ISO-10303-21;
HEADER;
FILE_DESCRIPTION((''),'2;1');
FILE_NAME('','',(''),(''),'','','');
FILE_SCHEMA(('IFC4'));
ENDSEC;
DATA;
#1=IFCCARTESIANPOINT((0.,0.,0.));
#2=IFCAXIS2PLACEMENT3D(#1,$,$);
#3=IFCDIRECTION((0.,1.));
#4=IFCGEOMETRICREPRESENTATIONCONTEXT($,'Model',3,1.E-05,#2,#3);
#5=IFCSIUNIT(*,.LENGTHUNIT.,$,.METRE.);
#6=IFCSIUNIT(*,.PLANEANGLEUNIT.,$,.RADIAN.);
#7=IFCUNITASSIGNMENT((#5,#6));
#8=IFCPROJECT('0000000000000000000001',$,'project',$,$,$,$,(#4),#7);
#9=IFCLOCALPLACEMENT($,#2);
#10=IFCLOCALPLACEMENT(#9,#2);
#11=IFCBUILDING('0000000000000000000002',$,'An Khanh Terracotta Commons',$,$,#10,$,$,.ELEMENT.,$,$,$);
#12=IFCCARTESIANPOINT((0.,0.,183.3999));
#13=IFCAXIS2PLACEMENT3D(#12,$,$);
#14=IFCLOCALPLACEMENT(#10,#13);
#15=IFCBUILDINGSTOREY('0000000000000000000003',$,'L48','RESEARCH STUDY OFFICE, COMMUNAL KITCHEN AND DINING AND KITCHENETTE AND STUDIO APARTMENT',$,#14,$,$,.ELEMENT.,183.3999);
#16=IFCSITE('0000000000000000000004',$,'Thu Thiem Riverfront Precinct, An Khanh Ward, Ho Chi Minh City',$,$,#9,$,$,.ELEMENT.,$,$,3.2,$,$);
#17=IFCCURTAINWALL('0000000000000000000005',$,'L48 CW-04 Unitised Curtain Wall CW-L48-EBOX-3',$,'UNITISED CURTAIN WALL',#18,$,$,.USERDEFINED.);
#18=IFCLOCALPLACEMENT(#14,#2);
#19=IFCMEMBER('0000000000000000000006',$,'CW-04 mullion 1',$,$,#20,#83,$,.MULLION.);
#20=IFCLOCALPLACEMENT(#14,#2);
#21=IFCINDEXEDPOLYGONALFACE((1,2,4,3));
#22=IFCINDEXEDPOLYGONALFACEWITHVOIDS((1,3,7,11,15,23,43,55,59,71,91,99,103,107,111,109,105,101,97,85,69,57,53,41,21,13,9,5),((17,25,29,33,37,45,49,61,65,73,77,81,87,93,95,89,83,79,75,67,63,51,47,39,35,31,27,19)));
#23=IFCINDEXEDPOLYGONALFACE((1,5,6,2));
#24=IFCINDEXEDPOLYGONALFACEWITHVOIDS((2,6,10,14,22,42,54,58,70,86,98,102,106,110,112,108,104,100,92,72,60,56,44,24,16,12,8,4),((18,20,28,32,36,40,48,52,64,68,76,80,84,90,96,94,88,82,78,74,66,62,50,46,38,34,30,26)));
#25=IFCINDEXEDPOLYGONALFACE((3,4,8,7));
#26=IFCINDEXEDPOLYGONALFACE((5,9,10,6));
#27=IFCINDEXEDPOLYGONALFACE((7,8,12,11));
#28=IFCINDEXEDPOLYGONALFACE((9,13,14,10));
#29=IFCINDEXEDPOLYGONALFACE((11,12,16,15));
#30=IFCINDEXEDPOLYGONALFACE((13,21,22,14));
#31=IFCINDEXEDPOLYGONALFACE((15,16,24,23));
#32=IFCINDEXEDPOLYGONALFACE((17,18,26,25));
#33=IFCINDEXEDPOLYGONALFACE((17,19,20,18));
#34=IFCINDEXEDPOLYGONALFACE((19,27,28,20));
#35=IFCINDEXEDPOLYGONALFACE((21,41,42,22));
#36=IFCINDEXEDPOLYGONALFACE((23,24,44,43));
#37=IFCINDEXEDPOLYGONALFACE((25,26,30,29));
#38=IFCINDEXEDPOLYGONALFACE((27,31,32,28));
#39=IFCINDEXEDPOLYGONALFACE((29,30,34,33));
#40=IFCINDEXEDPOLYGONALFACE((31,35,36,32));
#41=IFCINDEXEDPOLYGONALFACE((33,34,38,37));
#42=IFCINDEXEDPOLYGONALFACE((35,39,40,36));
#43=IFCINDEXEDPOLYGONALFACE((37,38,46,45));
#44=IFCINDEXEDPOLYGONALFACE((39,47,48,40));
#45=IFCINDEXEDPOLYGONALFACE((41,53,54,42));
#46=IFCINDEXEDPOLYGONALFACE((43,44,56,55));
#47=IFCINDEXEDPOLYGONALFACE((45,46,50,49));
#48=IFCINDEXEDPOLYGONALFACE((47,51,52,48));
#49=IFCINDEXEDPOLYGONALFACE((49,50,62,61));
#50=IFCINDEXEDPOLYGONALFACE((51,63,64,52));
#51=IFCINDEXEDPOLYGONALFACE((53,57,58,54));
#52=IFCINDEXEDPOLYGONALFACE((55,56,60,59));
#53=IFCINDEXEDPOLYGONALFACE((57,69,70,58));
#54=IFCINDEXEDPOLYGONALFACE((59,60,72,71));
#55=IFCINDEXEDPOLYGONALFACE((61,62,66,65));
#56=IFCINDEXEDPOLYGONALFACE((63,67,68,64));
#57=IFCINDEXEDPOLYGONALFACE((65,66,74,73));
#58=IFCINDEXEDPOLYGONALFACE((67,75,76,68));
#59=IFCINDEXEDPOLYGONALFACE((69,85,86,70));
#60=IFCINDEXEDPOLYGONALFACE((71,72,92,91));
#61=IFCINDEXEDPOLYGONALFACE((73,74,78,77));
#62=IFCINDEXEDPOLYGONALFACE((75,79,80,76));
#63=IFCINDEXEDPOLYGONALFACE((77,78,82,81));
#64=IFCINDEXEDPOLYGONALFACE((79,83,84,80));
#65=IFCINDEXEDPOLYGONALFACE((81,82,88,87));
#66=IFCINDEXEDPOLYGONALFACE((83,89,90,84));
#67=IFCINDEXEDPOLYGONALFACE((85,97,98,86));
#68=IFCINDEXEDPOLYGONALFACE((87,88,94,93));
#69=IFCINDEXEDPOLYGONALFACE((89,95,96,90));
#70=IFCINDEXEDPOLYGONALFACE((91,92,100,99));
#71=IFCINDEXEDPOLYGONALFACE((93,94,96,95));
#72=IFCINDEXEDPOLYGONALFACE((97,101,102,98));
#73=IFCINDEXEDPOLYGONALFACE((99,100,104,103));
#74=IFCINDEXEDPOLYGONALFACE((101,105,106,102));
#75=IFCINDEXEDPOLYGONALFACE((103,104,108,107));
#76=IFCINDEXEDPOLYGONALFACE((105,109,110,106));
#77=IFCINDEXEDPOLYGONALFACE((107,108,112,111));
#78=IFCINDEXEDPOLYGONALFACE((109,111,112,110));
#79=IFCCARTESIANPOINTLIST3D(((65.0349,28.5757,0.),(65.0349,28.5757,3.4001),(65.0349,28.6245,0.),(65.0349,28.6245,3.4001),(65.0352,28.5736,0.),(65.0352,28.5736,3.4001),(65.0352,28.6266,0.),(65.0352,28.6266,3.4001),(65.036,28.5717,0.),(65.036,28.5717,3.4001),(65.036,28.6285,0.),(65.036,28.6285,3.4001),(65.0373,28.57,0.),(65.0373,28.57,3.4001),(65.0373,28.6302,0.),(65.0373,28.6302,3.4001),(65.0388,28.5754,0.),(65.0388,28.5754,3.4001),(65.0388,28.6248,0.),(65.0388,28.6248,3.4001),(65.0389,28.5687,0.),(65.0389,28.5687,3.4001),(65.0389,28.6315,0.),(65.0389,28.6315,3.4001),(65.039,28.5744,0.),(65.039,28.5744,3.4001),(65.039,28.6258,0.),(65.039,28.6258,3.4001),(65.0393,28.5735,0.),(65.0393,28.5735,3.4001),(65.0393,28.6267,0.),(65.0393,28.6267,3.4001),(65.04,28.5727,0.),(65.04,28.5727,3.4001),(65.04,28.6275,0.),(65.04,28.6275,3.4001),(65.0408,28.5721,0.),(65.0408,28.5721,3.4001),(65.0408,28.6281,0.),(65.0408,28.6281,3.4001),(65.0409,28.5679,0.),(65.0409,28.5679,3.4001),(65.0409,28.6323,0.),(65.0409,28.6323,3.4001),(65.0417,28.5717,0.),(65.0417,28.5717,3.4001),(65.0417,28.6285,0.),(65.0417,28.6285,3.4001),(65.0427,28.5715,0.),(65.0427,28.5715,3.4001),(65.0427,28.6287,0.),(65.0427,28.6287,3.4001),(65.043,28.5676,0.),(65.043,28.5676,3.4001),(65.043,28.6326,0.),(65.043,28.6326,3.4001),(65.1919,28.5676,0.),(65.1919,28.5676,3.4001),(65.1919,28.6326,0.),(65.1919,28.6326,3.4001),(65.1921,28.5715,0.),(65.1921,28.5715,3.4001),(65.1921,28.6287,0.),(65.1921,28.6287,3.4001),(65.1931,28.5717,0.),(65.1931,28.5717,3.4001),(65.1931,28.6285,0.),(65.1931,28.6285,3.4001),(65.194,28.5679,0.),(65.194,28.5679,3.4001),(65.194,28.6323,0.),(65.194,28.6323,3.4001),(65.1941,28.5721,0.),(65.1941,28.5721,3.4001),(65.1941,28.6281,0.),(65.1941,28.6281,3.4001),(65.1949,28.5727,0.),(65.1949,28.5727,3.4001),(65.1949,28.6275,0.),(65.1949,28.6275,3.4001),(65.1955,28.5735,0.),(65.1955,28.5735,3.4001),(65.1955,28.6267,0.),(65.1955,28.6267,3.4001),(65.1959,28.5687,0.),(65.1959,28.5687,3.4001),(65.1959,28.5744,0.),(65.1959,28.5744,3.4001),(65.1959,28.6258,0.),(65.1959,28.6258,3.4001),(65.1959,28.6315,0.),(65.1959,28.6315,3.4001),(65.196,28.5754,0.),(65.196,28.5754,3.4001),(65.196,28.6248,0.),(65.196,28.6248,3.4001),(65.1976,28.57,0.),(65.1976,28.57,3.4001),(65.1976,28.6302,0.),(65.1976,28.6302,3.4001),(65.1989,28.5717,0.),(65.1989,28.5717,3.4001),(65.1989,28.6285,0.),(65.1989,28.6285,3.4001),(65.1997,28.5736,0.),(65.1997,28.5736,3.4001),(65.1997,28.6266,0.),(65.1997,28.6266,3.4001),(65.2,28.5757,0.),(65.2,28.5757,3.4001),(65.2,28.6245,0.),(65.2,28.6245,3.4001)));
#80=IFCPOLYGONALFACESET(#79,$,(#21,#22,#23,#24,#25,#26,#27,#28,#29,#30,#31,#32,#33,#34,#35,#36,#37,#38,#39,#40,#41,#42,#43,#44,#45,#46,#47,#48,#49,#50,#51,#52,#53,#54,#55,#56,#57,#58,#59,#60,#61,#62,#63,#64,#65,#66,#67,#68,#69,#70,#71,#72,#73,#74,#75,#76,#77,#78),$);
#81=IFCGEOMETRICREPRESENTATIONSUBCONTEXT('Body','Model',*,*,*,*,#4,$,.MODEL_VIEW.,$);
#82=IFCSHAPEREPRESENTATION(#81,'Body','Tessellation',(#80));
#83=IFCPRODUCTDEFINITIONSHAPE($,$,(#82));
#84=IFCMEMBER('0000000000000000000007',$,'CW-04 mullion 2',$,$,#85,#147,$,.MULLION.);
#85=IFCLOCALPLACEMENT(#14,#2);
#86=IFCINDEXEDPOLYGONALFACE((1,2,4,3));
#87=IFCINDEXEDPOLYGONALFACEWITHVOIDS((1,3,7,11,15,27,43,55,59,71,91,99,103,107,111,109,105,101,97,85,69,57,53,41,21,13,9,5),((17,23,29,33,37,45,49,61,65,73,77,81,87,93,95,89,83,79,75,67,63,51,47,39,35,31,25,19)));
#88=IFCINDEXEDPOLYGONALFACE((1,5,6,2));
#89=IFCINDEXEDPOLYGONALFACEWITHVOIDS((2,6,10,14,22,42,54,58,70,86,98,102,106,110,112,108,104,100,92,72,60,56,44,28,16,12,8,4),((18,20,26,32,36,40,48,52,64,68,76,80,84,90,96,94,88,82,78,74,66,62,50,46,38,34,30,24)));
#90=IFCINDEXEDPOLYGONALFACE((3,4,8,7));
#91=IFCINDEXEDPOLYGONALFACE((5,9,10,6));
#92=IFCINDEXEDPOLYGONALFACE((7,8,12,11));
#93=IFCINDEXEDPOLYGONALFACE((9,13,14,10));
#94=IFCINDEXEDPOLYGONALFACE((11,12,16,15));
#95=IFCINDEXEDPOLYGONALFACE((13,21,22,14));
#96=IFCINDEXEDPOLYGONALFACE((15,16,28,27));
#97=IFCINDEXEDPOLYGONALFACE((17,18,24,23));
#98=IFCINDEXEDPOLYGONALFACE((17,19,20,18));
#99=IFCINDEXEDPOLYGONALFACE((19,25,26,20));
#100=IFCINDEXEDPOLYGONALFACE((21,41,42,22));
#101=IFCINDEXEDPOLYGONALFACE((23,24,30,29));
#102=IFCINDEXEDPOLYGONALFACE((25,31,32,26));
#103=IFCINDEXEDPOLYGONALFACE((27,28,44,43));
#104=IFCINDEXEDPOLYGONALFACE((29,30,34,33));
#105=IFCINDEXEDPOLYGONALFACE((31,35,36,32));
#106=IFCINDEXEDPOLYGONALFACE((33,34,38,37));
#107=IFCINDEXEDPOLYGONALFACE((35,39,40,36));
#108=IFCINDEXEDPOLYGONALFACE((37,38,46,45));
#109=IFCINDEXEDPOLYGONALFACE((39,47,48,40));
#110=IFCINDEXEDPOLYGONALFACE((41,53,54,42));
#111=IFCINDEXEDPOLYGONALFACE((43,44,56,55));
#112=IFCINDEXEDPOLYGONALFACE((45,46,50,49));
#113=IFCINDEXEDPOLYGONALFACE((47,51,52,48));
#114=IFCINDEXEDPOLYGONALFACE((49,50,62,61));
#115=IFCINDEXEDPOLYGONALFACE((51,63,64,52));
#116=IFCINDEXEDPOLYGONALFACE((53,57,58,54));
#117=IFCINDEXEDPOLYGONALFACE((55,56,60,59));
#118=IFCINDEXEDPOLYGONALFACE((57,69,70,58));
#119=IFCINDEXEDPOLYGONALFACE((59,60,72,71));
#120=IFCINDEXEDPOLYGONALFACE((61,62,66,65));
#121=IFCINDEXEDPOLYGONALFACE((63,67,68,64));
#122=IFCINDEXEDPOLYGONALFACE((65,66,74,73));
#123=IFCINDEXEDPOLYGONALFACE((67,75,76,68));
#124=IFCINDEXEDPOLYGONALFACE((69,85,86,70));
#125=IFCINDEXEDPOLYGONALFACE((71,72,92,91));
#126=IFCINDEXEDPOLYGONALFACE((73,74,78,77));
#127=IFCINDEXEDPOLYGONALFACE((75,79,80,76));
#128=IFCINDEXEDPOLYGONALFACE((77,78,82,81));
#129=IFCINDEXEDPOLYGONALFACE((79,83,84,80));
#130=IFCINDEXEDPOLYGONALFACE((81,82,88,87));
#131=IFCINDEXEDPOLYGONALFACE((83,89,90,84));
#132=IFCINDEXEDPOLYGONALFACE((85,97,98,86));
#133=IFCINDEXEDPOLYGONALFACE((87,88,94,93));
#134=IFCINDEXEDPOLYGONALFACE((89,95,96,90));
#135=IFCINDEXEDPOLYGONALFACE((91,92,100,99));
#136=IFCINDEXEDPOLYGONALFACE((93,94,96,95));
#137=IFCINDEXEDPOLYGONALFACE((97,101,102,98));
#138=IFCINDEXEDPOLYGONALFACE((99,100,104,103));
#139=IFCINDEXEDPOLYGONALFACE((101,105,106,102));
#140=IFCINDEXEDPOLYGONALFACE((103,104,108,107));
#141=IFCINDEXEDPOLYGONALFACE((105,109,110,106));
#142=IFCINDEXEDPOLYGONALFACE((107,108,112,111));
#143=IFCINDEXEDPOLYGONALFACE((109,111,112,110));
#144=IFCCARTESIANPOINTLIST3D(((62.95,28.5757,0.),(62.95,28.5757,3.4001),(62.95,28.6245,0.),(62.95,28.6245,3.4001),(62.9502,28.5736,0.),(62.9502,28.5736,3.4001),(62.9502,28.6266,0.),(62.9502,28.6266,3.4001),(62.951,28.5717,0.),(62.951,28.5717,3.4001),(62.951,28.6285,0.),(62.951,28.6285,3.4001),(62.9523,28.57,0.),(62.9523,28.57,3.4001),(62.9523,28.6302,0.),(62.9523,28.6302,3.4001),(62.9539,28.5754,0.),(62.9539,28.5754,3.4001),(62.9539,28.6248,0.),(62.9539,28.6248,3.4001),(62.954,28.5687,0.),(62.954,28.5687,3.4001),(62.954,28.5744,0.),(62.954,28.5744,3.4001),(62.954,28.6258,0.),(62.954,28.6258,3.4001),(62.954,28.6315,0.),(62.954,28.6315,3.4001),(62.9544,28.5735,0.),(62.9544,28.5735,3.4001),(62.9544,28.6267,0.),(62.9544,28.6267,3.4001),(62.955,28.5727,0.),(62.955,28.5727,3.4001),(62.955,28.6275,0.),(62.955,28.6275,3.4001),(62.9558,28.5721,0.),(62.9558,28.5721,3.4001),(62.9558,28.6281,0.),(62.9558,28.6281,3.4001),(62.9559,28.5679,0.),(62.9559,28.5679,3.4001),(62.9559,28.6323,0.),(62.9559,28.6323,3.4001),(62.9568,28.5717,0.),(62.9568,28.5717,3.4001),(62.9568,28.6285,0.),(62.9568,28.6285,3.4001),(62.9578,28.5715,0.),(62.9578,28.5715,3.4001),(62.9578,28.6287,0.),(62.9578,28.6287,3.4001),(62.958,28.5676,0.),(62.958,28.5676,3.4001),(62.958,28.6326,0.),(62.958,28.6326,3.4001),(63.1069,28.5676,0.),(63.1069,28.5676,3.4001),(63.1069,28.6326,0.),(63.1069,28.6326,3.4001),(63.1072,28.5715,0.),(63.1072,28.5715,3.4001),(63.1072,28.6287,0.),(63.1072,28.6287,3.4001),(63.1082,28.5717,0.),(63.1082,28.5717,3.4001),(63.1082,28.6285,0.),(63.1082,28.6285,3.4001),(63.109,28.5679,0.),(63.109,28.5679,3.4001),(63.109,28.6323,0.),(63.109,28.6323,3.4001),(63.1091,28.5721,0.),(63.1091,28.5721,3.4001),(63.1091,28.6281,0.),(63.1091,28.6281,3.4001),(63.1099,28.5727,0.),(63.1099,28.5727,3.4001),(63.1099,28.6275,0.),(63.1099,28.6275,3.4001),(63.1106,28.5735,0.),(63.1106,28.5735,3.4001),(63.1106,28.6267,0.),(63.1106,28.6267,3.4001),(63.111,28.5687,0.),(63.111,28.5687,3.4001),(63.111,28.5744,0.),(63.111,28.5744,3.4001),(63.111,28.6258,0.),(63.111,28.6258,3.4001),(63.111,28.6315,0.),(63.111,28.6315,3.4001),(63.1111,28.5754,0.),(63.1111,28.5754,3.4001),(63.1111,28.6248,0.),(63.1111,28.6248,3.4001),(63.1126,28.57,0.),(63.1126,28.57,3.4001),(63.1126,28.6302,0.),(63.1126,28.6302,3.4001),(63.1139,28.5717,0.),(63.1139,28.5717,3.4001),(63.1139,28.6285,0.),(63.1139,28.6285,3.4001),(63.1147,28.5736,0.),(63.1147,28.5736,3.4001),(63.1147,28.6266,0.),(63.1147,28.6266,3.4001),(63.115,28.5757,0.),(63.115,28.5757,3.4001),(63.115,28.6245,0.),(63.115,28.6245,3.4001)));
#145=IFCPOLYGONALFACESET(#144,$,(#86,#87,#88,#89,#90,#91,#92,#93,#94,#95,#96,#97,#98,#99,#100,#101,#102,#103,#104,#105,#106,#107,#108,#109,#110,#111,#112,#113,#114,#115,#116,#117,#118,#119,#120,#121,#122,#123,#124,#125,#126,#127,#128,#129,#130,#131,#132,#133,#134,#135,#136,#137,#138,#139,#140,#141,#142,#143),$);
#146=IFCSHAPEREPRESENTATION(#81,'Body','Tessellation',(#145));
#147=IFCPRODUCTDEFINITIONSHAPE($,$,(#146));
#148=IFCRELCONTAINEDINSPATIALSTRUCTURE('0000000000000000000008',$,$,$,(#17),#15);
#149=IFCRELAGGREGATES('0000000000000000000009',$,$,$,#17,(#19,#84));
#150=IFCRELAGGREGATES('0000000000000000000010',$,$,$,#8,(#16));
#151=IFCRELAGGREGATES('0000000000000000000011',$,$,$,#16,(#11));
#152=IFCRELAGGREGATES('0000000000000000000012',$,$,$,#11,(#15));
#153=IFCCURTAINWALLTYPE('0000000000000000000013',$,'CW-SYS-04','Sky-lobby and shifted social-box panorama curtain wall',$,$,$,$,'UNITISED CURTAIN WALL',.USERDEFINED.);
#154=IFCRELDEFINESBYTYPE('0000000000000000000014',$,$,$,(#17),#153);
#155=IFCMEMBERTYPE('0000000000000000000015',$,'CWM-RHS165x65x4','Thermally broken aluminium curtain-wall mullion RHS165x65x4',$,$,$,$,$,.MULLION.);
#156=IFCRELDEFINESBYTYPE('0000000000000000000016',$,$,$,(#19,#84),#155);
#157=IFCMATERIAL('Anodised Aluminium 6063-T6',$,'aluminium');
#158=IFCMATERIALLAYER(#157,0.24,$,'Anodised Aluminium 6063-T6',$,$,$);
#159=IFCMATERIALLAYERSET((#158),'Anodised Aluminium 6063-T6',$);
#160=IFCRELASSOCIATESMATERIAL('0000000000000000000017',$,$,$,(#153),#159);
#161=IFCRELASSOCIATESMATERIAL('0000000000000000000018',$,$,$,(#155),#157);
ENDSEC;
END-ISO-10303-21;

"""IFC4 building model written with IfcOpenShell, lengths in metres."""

from ifc_helpers import new_model, si_unit, direction, frame, origin, origin_2d, place, context, subcontext, project, spatial, hollow_rectangle, extrude, material, layer, layer_set, material_profile, profile_set, type_object, element, aggregate, save


model = new_model("IFC4")

# Units and contexts
model_context = context("Model", 3, precision=1e-05, world=origin(), true_north=direction((0.0, 1.0)))
body_context = subcontext(model_context, "Body", "Model", "MODEL_VIEW")
ifc_project = project(units=[si_unit("LENGTHUNIT", "METRE"), si_unit("PLANEANGLEUNIT", "RADIAN")], contexts=[model_context])

# Site, building, storey
site_placement = place(None, origin())
site = spatial("IfcSite", under=ifc_project, at=site_placement, Name="Thu Thiem Riverfront Precinct, An Khanh Ward, Ho Chi Minh City", CompositionType="ELEMENT", RefElevation=3.2)
building_placement = place(site_placement, origin())
building = spatial("IfcBuilding", under=site, at=building_placement, Name="An Khanh Terracotta Commons", CompositionType="ELEMENT")
storey_placement = place(building_placement, frame((0.0, 0.0, 183.3999)))
storey = spatial("IfcBuildingStorey", under=building, at=storey_placement, Name="L48", Description="RESEARCH STUDY OFFICE, COMMUNAL KITCHEN AND DINING AND KITCHENETTE AND STUDIO APARTMENT", CompositionType="ELEMENT", Elevation=183.3999)

# Curtain wall, members
ifc_material_1 = material(Name="Anodised Aluminium 6063-T6", Category="aluminium")
ifc_layer_1 = layer(ifc_material_1, 0.24, Name="Anodised Aluminium 6063-T6")
ifc_layer_set_1 = layer_set([ifc_layer_1], Name="Anodised Aluminium 6063-T6")
curtain_wall_type_1 = type_object("IfcCurtainWallType", Name="CW-SYS-04", Description="Sky-lobby and shifted social-box panorama curtain wall", ElementType="UNITISED CURTAIN WALL", PredefinedType="USERDEFINED", material=ifc_layer_set_1)
ifc_material_profile_1 = material_profile(ifc_material_1, hollow_rectangle(XDim=0.0649, YDim=0.165, WallThickness=0.0039, InnerFilletRadius=0.0039, OuterFilletRadius=0.0081, at=origin_2d()), Name="RHS165x65x4")
ifc_profile_set_1 = profile_set([ifc_material_profile_1], Name="Anodised Aluminium 6063-T6")
member_type_1 = type_object("IfcMemberType", Name="CWM-RHS165x65x4", Description="Thermally broken aluminium curtain-wall mullion RHS165x65x4", PredefinedType="MULLION", material=ifc_profile_set_1)
curtain_wall_1_placement = place(storey_placement, origin())
curtain_wall_1 = element("IfcCurtainWall", 1, at=curtain_wall_1_placement, inside=storey, type_object=curtain_wall_type_1, Name="L48 CW-04 Unitised Curtain Wall CW-L48-EBOX-3", ObjectType="UNITISED CURTAIN WALL", PredefinedType="USERDEFINED")
member_1_placement = place(storey_placement, frame((65.1174, 28.6001, 0.0), z_axis=(0.0, 0.0, 1.0), x_axis=(0.0, -1.0, 0.0)))
member_1 = element("IfcMember", 2, at=member_1_placement, type_object=member_type_1, Name="CW-04 mullion 1", PredefinedType="MULLION", context=body_context, shape_type="SweptSolid", body=[
    extrude(hollow_rectangle(XDim=0.0649, YDim=0.165, WallThickness=0.0039, InnerFilletRadius=0.0039, OuterFilletRadius=0.0081, at=origin_2d()), origin(), (0.0, 0.0, 1.0), 3.4001),
])
member_2_placement = place(storey_placement, frame((63.0325, 28.6001, 0.0), z_axis=(0.0, 0.0, 1.0), x_axis=(0.0, -1.0, 0.0)))
member_2 = element("IfcMember", 3, at=member_2_placement, type_object=member_type_1, Name="CW-04 mullion 2", PredefinedType="MULLION", context=body_context, shape_type="SweptSolid", body=[
    extrude(hollow_rectangle(XDim=0.0649, YDim=0.165, WallThickness=0.0039, InnerFilletRadius=0.0039, OuterFilletRadius=0.0081, at=origin_2d()), origin(), (0.0, 0.0, 1.0), 3.4001),
])

aggregate(curtain_wall_1, [member_1, member_2])

save(model, "model.ifc")
